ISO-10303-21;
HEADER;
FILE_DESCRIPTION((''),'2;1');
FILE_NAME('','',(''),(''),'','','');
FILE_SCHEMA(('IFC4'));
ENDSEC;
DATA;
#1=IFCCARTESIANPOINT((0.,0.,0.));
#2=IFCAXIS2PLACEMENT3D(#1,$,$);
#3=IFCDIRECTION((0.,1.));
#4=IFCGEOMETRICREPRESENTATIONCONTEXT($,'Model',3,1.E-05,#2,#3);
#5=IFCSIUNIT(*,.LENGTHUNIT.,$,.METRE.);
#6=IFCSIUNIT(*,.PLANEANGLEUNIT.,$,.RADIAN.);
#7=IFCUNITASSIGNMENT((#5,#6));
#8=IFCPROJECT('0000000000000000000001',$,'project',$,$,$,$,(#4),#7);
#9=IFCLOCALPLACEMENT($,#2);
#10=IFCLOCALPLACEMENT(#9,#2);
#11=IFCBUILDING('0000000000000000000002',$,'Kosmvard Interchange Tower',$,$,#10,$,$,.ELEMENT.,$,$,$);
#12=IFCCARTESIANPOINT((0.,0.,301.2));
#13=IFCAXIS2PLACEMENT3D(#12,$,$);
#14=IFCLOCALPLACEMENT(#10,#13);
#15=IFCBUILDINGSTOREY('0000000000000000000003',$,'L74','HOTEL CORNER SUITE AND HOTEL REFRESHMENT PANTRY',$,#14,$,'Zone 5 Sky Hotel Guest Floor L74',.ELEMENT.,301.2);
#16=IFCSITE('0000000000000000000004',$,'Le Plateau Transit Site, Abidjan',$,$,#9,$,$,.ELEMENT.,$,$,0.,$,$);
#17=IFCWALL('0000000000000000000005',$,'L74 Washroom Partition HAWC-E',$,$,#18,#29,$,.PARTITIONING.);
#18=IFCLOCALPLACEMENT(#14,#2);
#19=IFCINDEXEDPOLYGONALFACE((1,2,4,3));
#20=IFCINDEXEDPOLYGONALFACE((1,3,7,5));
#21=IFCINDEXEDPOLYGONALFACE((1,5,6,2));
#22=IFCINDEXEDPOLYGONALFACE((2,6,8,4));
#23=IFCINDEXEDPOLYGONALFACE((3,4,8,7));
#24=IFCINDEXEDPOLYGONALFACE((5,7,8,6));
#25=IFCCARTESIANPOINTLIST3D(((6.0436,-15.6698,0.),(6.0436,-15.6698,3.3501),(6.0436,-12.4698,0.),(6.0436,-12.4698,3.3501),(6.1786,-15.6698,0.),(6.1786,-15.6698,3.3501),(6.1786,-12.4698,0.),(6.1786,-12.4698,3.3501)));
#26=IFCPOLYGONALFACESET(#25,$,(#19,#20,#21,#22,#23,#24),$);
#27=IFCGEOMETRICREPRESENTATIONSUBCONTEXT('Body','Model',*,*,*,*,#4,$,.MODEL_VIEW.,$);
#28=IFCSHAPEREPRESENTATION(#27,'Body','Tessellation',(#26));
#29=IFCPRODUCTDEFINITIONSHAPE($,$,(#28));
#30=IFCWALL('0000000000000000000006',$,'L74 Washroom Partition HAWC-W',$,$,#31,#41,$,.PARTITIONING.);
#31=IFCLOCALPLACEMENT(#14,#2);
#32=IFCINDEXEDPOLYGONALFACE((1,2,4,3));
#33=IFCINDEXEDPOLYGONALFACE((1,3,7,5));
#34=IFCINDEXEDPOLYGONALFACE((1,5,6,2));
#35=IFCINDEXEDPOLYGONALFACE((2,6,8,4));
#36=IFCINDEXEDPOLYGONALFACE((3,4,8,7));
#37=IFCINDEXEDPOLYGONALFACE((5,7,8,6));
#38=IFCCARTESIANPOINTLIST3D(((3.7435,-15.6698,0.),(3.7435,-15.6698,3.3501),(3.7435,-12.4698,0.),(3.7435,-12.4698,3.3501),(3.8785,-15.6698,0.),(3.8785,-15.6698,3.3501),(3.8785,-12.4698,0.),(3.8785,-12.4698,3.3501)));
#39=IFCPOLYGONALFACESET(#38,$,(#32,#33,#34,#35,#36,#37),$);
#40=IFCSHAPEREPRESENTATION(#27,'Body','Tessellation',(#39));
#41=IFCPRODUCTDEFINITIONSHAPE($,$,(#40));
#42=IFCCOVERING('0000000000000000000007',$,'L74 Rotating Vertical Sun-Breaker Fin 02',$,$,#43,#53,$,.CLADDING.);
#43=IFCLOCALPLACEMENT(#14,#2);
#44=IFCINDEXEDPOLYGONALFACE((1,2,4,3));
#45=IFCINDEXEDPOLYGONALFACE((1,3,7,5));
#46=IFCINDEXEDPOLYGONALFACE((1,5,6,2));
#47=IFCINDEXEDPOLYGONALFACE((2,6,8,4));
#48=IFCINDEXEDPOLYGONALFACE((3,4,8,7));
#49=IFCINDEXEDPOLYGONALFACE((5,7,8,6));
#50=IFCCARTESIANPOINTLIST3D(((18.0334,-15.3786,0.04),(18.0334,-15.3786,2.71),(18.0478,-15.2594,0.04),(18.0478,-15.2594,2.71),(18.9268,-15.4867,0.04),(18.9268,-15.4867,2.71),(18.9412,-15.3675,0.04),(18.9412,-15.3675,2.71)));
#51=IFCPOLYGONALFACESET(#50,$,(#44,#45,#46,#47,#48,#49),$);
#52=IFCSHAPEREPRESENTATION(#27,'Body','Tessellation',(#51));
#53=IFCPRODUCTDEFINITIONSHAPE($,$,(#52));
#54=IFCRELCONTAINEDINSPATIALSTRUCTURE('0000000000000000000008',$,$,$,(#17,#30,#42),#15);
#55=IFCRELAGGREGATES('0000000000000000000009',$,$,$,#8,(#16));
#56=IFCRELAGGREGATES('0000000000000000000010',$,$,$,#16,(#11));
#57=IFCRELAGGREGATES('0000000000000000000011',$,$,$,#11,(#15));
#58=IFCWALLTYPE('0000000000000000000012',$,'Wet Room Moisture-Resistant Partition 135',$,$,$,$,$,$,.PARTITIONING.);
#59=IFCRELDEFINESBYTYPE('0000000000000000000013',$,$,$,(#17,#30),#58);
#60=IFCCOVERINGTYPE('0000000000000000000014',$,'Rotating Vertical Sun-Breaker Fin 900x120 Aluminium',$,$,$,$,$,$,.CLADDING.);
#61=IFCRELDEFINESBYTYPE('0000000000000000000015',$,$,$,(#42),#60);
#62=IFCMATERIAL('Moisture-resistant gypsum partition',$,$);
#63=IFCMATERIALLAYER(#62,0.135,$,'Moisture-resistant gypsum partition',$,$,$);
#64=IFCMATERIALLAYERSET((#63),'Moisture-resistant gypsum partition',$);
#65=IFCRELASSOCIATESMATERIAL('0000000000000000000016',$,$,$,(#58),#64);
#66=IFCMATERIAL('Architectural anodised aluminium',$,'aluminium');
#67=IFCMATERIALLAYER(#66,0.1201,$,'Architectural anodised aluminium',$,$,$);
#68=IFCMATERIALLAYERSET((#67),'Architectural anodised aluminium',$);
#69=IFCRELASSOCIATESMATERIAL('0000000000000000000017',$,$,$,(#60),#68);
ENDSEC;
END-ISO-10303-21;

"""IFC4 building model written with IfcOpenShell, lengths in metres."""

from ifc_helpers import new_model, si_unit, direction, frame, frame_2d, origin, origin_2d, place, context, subcontext, project, spatial, rectangle, extrude, source, transform, mapped, material, layer, layer_set, type_object, element, save


model = new_model("IFC4")

# Units and contexts
model_context = context("Model", 3, precision=1e-05, world=origin(), true_north=direction((0.0, 1.0)))
body_context = subcontext(model_context, "Body", "Model", "MODEL_VIEW")
ifc_project = project(units=[si_unit("LENGTHUNIT", "METRE"), si_unit("PLANEANGLEUNIT", "RADIAN")], contexts=[model_context])

# Site, building, storey
site_placement = place(None, origin())
site = spatial("IfcSite", under=ifc_project, at=site_placement, Name="Le Plateau Transit Site, Abidjan", CompositionType="ELEMENT", RefElevation=0.0)
building_placement = place(site_placement, origin())
building = spatial("IfcBuilding", under=site, at=building_placement, Name="Kosmvard Interchange Tower", CompositionType="ELEMENT")
storey_placement = place(building_placement, frame((0.0, 0.0, 301.2)))
storey = spatial("IfcBuildingStorey", under=building, at=storey_placement, Name="L74", Description="HOTEL CORNER SUITE AND HOTEL REFRESHMENT PANTRY", LongName="Zone 5 Sky Hotel Guest Floor L74", CompositionType="ELEMENT", Elevation=301.2)

# Walls
ifc_material_1 = material(Name="Moisture-resistant gypsum partition")
ifc_layer_1 = layer(ifc_material_1, 0.135, Name="Moisture-resistant gypsum partition")
ifc_layer_set_1 = layer_set([ifc_layer_1], Name="Moisture-resistant gypsum partition")
wall_type_1 = type_object("IfcWallType", Name="Wet Room Moisture-Resistant Partition 135", PredefinedType="PARTITIONING", material=ifc_layer_set_1)
for number, where, z_axis, x_axis, name in (
    (1, (6.1111, -15.6699, 0.0), (0.0, 0.0, 1.0), (0.0, 1.0, 0.0), "L74 Washroom Partition HAWC-E"),
    (2, (3.811, -15.6699, 0.0), (0.0, 0.0, 1.0), (0.0, 1.0, 0.0), "L74 Washroom Partition HAWC-W"),
):
    element("IfcWall", number, at=place(storey_placement, frame(where, z_axis=z_axis, x_axis=x_axis)), inside=storey, type_object=wall_type_1, Name=name, PredefinedType="PARTITIONING", context=body_context, shape_type="SweptSolid", body=[
        extrude(rectangle(XDim=3.2, YDim=0.135, at=frame_2d((1.6001, 0.0))), origin(), (0.0, 0.0, 1.0), 3.3501),
    ])

# Covering
ifc_material_2 = material(Name="Architectural anodised aluminium", Category="aluminium")
ifc_layer_2 = layer(ifc_material_2, 0.1201, Name="Architectural anodised aluminium")
ifc_layer_set_2 = layer_set([ifc_layer_2], Name="Architectural anodised aluminium")
covering_type = type_object("IfcCoveringType", Name="Rotating Vertical Sun-Breaker Fin 900x120 Aluminium", PredefinedType="CLADDING", material=ifc_layer_set_2)
shared_shape_1 = source(origin(), body_context, "Body", "SweptSolid", [
    extrude(rectangle(XDim=0.8999, YDim=0.1201, at=origin_2d()), origin(), (0.0, 0.0, 1.0), 2.6699),
])
covering_placement = place(storey_placement, frame((18.4873, -15.373, 0.04), z_axis=(0.0, 0.0, 1.0), x_axis=(0.992757, -0.120137, 0.0)))
element("IfcCovering", 3, at=covering_placement, inside=storey, type_object=covering_type, Name="L74 Rotating Vertical Sun-Breaker Fin 02", PredefinedType="CLADDING", context=body_context, shape_type="MappedRepresentation", body=[
    mapped(shared_shape_1, transform((0.0, 0.0, 0.0), scale=1.0)),
])

save(model, "model.ifc")
